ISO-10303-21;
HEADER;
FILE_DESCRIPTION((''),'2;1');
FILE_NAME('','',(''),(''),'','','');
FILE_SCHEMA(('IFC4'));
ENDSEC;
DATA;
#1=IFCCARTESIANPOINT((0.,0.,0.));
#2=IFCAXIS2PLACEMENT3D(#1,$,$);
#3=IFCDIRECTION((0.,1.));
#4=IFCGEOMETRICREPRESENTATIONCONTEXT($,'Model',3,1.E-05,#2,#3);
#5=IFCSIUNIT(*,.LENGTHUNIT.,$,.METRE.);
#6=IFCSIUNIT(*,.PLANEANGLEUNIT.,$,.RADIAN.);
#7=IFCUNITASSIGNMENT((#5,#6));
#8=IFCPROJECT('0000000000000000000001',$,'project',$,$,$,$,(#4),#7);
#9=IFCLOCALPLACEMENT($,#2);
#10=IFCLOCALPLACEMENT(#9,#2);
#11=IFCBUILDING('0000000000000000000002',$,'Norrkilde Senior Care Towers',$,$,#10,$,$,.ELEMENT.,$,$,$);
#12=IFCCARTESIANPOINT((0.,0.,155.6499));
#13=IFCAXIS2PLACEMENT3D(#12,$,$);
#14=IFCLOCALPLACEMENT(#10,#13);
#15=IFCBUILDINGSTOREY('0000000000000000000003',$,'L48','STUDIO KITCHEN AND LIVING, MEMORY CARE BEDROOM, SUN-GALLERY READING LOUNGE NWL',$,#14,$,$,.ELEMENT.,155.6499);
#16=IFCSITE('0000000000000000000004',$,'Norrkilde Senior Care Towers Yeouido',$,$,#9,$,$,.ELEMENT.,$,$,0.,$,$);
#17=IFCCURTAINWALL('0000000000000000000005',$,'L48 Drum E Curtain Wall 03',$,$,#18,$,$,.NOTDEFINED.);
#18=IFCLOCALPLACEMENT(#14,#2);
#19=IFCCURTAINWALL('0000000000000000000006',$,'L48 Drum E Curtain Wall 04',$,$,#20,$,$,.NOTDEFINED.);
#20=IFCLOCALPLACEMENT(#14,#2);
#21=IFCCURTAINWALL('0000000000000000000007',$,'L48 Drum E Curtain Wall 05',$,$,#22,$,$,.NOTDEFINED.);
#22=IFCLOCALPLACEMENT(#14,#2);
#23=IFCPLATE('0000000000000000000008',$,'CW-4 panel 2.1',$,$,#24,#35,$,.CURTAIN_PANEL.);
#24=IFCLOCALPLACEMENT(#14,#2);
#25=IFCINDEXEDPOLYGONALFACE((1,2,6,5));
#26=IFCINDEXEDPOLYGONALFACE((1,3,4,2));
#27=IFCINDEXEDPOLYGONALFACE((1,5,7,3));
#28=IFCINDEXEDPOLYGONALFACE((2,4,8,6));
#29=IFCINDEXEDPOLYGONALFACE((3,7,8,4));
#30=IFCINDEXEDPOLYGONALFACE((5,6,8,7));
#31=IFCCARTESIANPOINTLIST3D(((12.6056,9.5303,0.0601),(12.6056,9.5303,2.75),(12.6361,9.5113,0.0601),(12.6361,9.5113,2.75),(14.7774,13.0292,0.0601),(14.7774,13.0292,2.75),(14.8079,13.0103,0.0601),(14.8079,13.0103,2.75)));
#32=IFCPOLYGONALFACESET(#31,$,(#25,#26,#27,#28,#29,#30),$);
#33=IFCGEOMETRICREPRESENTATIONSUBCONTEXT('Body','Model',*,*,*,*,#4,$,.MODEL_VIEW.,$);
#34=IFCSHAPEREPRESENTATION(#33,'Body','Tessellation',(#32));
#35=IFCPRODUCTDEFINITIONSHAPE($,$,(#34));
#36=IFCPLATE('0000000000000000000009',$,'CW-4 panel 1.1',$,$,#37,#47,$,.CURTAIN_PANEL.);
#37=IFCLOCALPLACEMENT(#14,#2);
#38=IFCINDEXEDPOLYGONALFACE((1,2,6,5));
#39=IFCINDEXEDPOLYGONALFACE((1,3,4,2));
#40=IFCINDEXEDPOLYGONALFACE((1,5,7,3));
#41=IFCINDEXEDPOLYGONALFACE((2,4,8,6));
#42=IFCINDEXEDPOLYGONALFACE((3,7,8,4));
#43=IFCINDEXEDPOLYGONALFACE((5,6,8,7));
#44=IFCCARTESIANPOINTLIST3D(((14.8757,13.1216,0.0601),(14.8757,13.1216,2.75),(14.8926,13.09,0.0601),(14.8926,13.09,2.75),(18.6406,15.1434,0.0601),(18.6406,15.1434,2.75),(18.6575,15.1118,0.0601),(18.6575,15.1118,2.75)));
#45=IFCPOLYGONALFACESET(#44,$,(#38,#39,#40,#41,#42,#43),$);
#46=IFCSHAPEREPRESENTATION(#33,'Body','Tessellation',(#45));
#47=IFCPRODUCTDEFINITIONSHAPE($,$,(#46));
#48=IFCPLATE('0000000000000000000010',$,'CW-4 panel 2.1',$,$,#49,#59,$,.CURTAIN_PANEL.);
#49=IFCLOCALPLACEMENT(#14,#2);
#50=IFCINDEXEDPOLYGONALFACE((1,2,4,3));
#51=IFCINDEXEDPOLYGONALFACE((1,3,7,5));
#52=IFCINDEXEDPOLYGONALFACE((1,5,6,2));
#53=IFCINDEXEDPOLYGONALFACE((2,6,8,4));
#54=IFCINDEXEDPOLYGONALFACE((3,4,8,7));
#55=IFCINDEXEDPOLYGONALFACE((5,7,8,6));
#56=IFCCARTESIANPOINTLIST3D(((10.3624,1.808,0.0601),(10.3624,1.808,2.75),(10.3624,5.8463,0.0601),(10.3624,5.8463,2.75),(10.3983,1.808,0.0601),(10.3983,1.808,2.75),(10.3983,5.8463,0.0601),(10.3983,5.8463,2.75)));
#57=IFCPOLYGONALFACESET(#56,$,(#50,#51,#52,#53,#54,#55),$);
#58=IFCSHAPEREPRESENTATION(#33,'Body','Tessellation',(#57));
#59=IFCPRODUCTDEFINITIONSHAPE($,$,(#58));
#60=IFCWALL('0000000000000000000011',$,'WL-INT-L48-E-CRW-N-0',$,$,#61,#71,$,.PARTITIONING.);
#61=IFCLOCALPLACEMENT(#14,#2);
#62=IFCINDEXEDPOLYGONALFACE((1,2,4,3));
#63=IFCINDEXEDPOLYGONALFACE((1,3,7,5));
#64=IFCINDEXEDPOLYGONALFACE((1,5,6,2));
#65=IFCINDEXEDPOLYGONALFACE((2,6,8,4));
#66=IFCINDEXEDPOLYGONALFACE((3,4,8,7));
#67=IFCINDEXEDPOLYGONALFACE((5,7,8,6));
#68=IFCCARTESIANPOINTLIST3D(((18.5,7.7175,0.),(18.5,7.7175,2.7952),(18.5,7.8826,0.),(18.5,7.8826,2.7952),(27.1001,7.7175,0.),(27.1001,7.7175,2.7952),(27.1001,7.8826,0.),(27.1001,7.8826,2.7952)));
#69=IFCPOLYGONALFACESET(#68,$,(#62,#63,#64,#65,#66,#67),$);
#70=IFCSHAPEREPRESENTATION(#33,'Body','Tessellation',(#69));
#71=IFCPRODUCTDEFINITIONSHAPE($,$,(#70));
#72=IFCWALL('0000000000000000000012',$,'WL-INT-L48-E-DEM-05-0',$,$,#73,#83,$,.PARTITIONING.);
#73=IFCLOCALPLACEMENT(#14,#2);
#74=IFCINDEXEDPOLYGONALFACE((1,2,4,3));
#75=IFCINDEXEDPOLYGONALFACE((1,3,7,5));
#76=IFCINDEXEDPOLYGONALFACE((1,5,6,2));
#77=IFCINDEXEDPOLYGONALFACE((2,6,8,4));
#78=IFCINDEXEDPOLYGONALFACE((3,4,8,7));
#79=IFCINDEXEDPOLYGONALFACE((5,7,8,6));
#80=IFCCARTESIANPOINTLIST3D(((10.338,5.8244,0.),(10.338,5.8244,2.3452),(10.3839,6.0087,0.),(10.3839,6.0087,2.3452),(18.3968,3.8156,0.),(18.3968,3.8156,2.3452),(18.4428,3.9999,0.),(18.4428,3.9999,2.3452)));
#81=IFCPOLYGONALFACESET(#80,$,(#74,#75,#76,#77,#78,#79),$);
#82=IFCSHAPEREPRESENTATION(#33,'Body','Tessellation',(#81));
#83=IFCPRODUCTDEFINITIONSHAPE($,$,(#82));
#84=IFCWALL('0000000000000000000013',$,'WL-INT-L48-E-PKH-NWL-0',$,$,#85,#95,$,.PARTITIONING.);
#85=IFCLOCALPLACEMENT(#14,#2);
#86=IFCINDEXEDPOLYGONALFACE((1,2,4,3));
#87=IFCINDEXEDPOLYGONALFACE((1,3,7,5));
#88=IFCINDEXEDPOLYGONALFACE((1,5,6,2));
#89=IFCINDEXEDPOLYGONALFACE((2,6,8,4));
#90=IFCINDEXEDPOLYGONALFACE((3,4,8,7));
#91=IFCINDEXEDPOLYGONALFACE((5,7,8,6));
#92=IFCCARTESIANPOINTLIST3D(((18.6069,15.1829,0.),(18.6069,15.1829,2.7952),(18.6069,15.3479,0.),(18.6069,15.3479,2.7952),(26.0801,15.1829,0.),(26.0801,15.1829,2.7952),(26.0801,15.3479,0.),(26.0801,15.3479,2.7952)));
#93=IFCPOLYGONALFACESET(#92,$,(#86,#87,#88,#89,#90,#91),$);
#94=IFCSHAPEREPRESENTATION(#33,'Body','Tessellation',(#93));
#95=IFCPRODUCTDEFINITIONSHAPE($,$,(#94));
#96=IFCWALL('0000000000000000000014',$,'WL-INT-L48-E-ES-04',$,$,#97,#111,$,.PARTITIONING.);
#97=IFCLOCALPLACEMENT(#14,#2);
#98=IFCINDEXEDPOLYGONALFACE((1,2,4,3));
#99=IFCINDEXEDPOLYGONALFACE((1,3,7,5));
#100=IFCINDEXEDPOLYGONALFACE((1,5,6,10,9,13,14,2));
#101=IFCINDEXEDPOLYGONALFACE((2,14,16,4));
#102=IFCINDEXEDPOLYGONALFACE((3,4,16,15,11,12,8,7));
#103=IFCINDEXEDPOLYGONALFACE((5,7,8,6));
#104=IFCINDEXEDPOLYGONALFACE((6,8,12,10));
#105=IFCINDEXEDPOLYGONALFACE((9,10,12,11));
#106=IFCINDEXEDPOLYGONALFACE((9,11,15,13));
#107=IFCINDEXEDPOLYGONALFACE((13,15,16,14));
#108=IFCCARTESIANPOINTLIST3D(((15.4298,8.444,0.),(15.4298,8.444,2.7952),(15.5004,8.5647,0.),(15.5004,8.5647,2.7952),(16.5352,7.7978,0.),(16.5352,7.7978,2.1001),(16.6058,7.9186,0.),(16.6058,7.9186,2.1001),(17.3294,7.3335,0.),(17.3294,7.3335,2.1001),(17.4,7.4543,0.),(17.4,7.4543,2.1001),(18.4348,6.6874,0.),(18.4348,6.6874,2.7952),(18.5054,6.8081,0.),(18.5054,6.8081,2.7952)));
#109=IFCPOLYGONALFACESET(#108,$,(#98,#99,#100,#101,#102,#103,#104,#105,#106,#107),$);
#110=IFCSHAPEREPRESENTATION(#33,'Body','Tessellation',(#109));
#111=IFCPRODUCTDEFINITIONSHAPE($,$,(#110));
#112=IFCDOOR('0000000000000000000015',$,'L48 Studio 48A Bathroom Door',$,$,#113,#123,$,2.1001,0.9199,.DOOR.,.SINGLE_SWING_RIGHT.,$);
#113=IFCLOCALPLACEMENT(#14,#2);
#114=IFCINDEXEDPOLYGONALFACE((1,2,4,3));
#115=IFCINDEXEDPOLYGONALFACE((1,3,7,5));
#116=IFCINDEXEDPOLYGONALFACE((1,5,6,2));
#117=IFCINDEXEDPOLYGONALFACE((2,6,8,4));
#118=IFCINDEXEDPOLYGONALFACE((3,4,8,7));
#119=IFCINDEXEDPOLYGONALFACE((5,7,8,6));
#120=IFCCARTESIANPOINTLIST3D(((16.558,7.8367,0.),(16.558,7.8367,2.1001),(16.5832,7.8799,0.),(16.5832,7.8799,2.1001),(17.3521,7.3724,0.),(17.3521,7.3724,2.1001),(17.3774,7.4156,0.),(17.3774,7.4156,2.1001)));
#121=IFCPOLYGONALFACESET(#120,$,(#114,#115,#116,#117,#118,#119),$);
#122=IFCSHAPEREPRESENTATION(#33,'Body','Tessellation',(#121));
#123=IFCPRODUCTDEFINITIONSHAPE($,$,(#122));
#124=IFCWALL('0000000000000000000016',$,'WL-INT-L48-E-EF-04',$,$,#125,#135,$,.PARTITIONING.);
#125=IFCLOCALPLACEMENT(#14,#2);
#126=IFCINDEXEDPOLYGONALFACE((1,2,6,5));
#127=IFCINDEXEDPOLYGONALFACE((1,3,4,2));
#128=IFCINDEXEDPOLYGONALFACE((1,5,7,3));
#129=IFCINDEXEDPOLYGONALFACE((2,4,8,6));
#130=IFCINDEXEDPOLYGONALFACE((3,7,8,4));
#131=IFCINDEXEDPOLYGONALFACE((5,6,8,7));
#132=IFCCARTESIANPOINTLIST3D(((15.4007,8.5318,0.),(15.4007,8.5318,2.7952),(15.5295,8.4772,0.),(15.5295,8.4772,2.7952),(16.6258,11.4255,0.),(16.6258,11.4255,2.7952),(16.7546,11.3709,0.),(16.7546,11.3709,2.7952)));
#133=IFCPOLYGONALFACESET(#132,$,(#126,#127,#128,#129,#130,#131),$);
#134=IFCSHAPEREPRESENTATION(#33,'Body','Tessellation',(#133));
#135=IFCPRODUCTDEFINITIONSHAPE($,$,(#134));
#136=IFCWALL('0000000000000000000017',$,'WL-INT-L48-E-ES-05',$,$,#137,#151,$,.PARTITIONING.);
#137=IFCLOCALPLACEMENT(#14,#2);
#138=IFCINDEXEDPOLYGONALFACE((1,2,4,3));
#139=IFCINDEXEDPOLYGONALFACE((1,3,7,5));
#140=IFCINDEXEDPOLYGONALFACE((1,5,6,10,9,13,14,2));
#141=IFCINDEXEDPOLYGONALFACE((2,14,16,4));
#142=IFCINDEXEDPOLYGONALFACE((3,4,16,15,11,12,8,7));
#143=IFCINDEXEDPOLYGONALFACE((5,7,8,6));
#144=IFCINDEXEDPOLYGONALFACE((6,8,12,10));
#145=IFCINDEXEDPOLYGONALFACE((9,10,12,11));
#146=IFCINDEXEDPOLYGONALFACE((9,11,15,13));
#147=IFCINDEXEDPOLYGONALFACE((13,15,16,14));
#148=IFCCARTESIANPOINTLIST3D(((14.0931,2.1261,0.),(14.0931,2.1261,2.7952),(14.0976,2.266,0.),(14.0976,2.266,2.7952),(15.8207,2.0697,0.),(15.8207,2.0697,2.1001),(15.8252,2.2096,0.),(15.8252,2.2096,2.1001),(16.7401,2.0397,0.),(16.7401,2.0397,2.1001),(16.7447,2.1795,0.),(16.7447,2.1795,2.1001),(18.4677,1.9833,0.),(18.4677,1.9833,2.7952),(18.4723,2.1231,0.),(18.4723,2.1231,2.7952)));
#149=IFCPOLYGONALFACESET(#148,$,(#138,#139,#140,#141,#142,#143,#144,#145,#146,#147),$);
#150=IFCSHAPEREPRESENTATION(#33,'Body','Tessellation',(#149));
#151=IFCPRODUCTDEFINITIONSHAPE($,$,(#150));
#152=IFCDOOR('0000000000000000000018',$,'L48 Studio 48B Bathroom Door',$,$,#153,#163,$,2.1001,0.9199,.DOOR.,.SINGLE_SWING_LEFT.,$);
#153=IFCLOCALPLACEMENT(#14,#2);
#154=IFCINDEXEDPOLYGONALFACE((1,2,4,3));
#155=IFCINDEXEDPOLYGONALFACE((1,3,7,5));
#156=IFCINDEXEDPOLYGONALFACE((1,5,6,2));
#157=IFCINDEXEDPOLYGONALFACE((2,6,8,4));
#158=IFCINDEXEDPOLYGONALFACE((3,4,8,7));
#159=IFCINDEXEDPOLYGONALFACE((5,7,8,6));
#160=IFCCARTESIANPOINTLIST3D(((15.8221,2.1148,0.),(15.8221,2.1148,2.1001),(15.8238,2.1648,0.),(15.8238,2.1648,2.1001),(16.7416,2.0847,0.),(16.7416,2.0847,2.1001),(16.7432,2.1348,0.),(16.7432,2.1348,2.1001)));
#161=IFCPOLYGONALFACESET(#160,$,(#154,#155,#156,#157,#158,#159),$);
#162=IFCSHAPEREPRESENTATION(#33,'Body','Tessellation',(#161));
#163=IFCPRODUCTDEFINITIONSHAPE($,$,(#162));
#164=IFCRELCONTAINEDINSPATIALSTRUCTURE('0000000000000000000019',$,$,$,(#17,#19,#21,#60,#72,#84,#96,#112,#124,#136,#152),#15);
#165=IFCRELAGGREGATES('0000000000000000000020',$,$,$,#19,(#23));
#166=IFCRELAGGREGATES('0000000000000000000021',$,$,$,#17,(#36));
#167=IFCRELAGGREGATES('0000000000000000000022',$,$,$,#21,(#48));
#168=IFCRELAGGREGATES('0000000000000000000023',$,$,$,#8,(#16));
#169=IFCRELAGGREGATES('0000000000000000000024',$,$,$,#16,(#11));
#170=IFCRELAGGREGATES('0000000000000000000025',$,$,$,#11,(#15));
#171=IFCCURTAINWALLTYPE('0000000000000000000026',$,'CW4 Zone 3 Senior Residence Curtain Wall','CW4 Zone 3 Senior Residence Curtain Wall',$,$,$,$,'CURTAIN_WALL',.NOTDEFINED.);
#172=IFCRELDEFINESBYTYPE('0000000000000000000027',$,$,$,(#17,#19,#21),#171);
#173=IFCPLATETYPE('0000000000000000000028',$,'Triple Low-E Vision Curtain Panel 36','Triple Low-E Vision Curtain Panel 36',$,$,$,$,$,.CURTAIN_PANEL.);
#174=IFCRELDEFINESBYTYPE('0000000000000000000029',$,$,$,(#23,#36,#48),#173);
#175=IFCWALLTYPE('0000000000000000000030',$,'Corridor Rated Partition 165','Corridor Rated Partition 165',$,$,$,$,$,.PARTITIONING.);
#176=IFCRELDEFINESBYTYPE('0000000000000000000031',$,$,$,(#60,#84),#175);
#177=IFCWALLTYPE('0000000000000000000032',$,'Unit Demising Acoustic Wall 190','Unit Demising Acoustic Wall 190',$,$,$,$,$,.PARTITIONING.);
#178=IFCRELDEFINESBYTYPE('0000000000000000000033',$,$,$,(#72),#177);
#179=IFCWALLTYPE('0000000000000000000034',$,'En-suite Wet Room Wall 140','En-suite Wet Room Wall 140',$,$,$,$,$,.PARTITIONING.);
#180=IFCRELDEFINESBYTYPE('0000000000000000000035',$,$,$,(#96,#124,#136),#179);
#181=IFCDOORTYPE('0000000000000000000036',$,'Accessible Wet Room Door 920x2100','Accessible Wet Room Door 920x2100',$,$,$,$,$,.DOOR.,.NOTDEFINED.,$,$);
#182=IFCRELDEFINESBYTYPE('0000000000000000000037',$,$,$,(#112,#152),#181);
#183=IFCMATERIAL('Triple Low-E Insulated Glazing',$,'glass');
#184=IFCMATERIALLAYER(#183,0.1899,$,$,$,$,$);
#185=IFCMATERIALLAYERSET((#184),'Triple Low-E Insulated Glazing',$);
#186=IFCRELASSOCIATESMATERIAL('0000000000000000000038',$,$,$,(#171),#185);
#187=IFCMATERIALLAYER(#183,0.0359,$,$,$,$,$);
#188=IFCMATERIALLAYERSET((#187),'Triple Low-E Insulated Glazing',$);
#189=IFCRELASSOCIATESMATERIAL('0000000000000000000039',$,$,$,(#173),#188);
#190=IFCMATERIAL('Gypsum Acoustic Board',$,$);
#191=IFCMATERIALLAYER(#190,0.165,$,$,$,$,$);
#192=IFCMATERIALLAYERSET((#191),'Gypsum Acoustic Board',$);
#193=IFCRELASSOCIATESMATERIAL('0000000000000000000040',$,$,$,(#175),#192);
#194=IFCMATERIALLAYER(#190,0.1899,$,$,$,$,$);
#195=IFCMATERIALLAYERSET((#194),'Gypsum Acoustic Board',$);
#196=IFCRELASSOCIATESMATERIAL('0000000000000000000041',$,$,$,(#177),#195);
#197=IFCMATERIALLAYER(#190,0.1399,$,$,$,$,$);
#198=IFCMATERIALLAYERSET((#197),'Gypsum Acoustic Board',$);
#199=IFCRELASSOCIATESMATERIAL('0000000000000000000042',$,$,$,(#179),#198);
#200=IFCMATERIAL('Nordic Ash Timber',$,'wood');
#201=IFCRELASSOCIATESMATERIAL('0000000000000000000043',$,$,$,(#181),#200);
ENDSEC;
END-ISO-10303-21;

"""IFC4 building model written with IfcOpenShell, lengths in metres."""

from ifc_helpers import new_model, si_unit, direction, frame, frame_2d, origin, origin_2d, place, context, subcontext, project, spatial, rectangle, extrude, source, transform, mapped, material, layer, layer_set, type_object, type_shapes, element, fill, aggregate, save


model = new_model("IFC4")

# Units and contexts
model_context = context("Model", 3, precision=1e-05, world=origin(), true_north=direction((0.0, 1.0)))
body_context = subcontext(model_context, "Body", "Model", "MODEL_VIEW")
ifc_project = project(units=[si_unit("LENGTHUNIT", "METRE"), si_unit("PLANEANGLEUNIT", "RADIAN")], contexts=[model_context])

# Site, building, storey
site_placement = place(None, origin())
site = spatial("IfcSite", under=ifc_project, at=site_placement, Name="Norrkilde Senior Care Towers Yeouido", CompositionType="ELEMENT", RefElevation=0.0)
building_placement = place(site_placement, origin())
building = spatial("IfcBuilding", under=site, at=building_placement, Name="Norrkilde Senior Care Towers", CompositionType="ELEMENT")
storey_placement = place(building_placement, frame((0.0, 0.0, 155.6499)))
storey = spatial("IfcBuildingStorey", under=building, at=storey_placement, Name="L48", Description="STUDIO KITCHEN AND LIVING, MEMORY CARE BEDROOM, SUN-GALLERY READING LOUNGE NWL", CompositionType="ELEMENT", Elevation=155.6499)

# Curtain wall
ifc_material_1 = material(Name="Triple Low-E Insulated Glazing", Category="glass")
ifc_layer_1 = layer(ifc_material_1, 0.1899)
ifc_layer_set_1 = layer_set([ifc_layer_1], Name="Triple Low-E Insulated Glazing")
curtain_wall_type = type_object("IfcCurtainWallType", Name="CW4 Zone 3 Senior Residence Curtain Wall", Description="CW4 Zone 3 Senior Residence Curtain Wall", ElementType="CURTAIN_WALL", PredefinedType="NOTDEFINED", material=ifc_layer_set_1)
curtain_wall_1_placement = place(storey_placement, origin())
curtain_wall_1 = element("IfcCurtainWall", 1, at=curtain_wall_1_placement, inside=storey, type_object=curtain_wall_type, Name="L48 Drum E Curtain Wall 03", PredefinedType="NOTDEFINED")

# Curtain wall
curtain_wall_2_placement = place(storey_placement, origin())
curtain_wall_2 = element("IfcCurtainWall", 2, at=curtain_wall_2_placement, inside=storey, type_object=curtain_wall_type, Name="L48 Drum E Curtain Wall 04", PredefinedType="NOTDEFINED")

# Curtain wall
curtain_wall_3_placement = place(storey_placement, origin())
curtain_wall_3 = element("IfcCurtainWall", 3, at=curtain_wall_3_placement, inside=storey, type_object=curtain_wall_type, Name="L48 Drum E Curtain Wall 05", PredefinedType="NOTDEFINED")

# Plates
ifc_layer_2 = layer(ifc_material_1, 0.0359)
ifc_layer_set_2 = layer_set([ifc_layer_2], Name="Triple Low-E Insulated Glazing")
plate_type = type_object("IfcPlateType", Name="Triple Low-E Vision Curtain Panel 36", Description="Triple Low-E Vision Curtain Panel 36", PredefinedType="CURTAIN_PANEL", material=ifc_layer_set_2)
shared_shape_1 = source(origin(), body_context, "Body", "SweptSolid", [
    extrude(rectangle(XDim=4.1182, YDim=0.0359, at=origin_2d()), origin(), (0.0, 0.0, 1.0), 2.6899),
])
plate_1_placement = place(storey_placement, frame((13.7068, 11.2703, 0.0601), z_axis=(0.0, 0.0, 1.0), x_axis=(0.527373, 0.849634, 0.0)))
plate_1 = element("IfcPlate", 4, at=plate_1_placement, type_object=plate_type, Name="CW-4 panel 2.1", PredefinedType="CURTAIN_PANEL", context=body_context, shape_type="MappedRepresentation", body=[
    mapped(shared_shape_1, transform((0.0, 0.0, 0.0), x_axis=(1.0, 0.0, 0.0), y_axis=(0.0, 1.0, 0.0), z_axis=(0.0, 0.0, 1.0), scale=1.0)),
])
aggregate(curtain_wall_2, [plate_1])
shared_shape_2 = source(origin(), body_context, "Body", "SweptSolid", [
    extrude(rectangle(XDim=4.2734, YDim=0.0359, at=origin_2d()), origin(), (0.0, 0.0, 1.0), 2.6899),
])
plate_2_placement = place(storey_placement, frame((16.7666, 14.1167, 0.0601), z_axis=(0.0, 0.0, 1.0), x_axis=(0.881, 0.473117, 0.0)))
plate_2 = element("IfcPlate", 5, at=plate_2_placement, type_object=plate_type, Name="CW-4 panel 1.1", PredefinedType="CURTAIN_PANEL", context=body_context, shape_type="MappedRepresentation", body=[
    mapped(shared_shape_2, transform((0.0, 0.0, 0.0), x_axis=(1.0, 0.0, 0.0), y_axis=(0.0, 1.0, 0.0), z_axis=(0.0, 0.0, 1.0), scale=1.0)),
])
aggregate(curtain_wall_1, [plate_2])
shared_shape_3 = source(origin(), body_context, "Body", "SweptSolid", [
    extrude(rectangle(XDim=4.0383, YDim=0.0359, at=origin_2d()), origin(), (0.0, 0.0, 1.0), 2.6899),
])
type_shapes(plate_type, [shared_shape_1, shared_shape_2, shared_shape_3])
plate_3_placement = place(storey_placement, frame((10.3804, 3.8271, 0.0601), z_axis=(0.0, 0.0, 1.0), x_axis=(0.0, 1.0, 0.0)))
plate_3 = element("IfcPlate", 6, at=plate_3_placement, type_object=plate_type, Name="CW-4 panel 2.1", PredefinedType="CURTAIN_PANEL", context=body_context, shape_type="MappedRepresentation", body=[
    mapped(shared_shape_3, transform((0.0, 0.0, 0.0), x_axis=(1.0, 0.0, 0.0), y_axis=(0.0, 1.0, 0.0), z_axis=(0.0, 0.0, 1.0), scale=1.0)),
])
aggregate(curtain_wall_3, [plate_3])

# Walls
ifc_material_2 = material(Name="Gypsum Acoustic Board")
ifc_layer_3 = layer(ifc_material_2, 0.165)
ifc_layer_set_3 = layer_set([ifc_layer_3], Name="Gypsum Acoustic Board")
wall_type_1 = type_object("IfcWallType", Name="Corridor Rated Partition 165", Description="Corridor Rated Partition 165", PredefinedType="PARTITIONING", material=ifc_layer_set_3)
shared_shape_4 = source(origin(), body_context, "Body", "SweptSolid", [
    extrude(rectangle(XDim=8.6001, YDim=0.165, at=frame_2d((4.3, 0.0))), origin(), (0.0, 0.0, 1.0), 2.7952),
])
wall_1_placement = place(storey_placement, frame((18.5, 7.8, 0.0), z_axis=(0.0, 0.0, 1.0), x_axis=(1.0, 0.0, 0.0)))
element("IfcWall", 7, at=wall_1_placement, inside=storey, type_object=wall_type_1, Name="WL-INT-L48-E-CRW-N-0", PredefinedType="PARTITIONING", context=body_context, shape_type="MappedRepresentation", body=[
    mapped(shared_shape_4, transform((0.0, 0.0, 0.0), x_axis=(1.0, 0.0, 0.0), y_axis=(0.0, 1.0, 0.0), z_axis=(0.0, 0.0, 1.0), scale=1.0)),
])
ifc_layer_4 = layer(ifc_material_2, 0.1899)
ifc_layer_set_4 = layer_set([ifc_layer_4], Name="Gypsum Acoustic Board")
wall_type_2 = type_object("IfcWallType", Name="Unit Demising Acoustic Wall 190", Description="Unit Demising Acoustic Wall 190", PredefinedType="PARTITIONING", material=ifc_layer_set_4)
shared_shape_5 = source(origin(), body_context, "Body", "SweptSolid", [
    extrude(rectangle(XDim=8.3054, YDim=0.1899, at=frame_2d((4.1528, 0.0))), origin(), (0.0, 0.0, 1.0), 2.3452),
])
type_shapes(wall_type_2, [shared_shape_5])
wall_2_placement = place(storey_placement, frame((18.4199, 3.9077, 0.0), z_axis=(0.0, 0.0, 1.0), x_axis=(-0.97031, 0.241865, 0.0)))
element("IfcWall", 8, at=wall_2_placement, inside=storey, type_object=wall_type_2, Name="WL-INT-L48-E-DEM-05-0", PredefinedType="PARTITIONING", context=body_context, shape_type="MappedRepresentation", body=[
    mapped(shared_shape_5, transform((0.0, 0.0, 0.0), x_axis=(1.0, 0.0, 0.0), y_axis=(0.0, 1.0, 0.0), z_axis=(0.0, 0.0, 1.0), scale=1.0)),
])
shared_shape_6 = source(origin(), body_context, "Body", "SweptSolid", [
    extrude(rectangle(XDim=7.4731, YDim=0.165, at=frame_2d((3.7366, 0.0))), origin(), (0.0, 0.0, 1.0), 2.7952),
])
type_shapes(wall_type_1, [shared_shape_4, shared_shape_6])
wall_3_placement = place(storey_placement, frame((18.6069, 15.2654, 0.0), z_axis=(0.0, 0.0, 1.0), x_axis=(1.0, 0.0, 0.0)))
element("IfcWall", 9, at=wall_3_placement, inside=storey, type_object=wall_type_1, Name="WL-INT-L48-E-PKH-NWL-0", PredefinedType="PARTITIONING", context=body_context, shape_type="MappedRepresentation", body=[
    mapped(shared_shape_6, transform((0.0, 0.0, 0.0), x_axis=(1.0, 0.0, 0.0), y_axis=(0.0, 1.0, 0.0), z_axis=(0.0, 0.0, 1.0), scale=1.0)),
])

# Wall, opening, door
ifc_layer_5 = layer(ifc_material_2, 0.1399)
ifc_layer_set_5 = layer_set([ifc_layer_5], Name="Gypsum Acoustic Board")
wall_type_3 = type_object("IfcWallType", Name="En-suite Wet Room Wall 140", Description="En-suite Wet Room Wall 140", PredefinedType="PARTITIONING", material=ifc_layer_set_5)
shared_shape_7 = source(origin(), body_context, "Body", "SweptSolid", [
    extrude(rectangle(XDim=3.4807, YDim=0.1399, at=frame_2d((1.7402, 0.0))), origin(), (0.0, 0.0, 1.0), 2.7952),
])
wall_4_placement = place(storey_placement, frame((18.47, 6.7478, 0.0), z_axis=(0.0, 0.0, 1.0), x_axis=(-0.86331, 0.504673, 0.0)))
wall_4 = element("IfcWall", 10, at=wall_4_placement, inside=storey, type_object=wall_type_3, Name="WL-INT-L48-E-ES-04", PredefinedType="PARTITIONING", context=body_context, shape_type="MappedRepresentation", body=[
    mapped(shared_shape_7, transform((0.0, 0.0, 0.0), x_axis=(1.0, 0.0, 0.0), y_axis=(0.0, 1.0, 0.0), z_axis=(0.0, 0.0, 1.0), scale=1.0)),
])
opening_1_placement = place(wall_4_placement, frame((1.2803, 0.0, 0.0)))
opening_1 = element("IfcOpeningElement", 11, at=opening_1_placement, cuts=wall_4, PredefinedType="OPENING", context=body_context, shape_type="SweptSolid", body=[
    extrude(rectangle(XDim=0.9199, YDim=2.1001, at=frame_2d((0.46, 1.05))), frame((0.0, 0.0798, 0.0), z_axis=(0.0, -1.0, 0.0), x_axis=(1.0, 0.0, 0.0)), (0.0, 0.0, 1.0), 0.1599),
])
ifc_material_3 = material(Name="Nordic Ash Timber", Category="wood")
door_type = type_object("IfcDoorType", Name="Accessible Wet Room Door 920x2100", Description="Accessible Wet Room Door 920x2100", OperationType="NOTDEFINED", PredefinedType="DOOR", material=ifc_material_3)
shared_shape_8 = source(origin(), body_context, "Body", "SweptSolid", [
    extrude(rectangle(XDim=0.9199, YDim=2.1001, at=frame_2d((0.46, 1.05))), frame((0.0, 0.0249, 0.0), z_axis=(0.0, -1.0, 0.0), x_axis=(1.0, 0.0, 0.0)), (0.0, 0.0, 1.0), 0.05),
])
type_shapes(door_type, [shared_shape_8])
door_1_placement = place(opening_1_placement, origin())
door_1 = element("IfcDoor", 12, at=door_1_placement, inside=storey, type_object=door_type, Name="L48 Studio 48A Bathroom Door", OperationType="SINGLE_SWING_RIGHT", OverallHeight=2.1001, OverallWidth=0.9199, PredefinedType="DOOR", context=body_context, shape_type="MappedRepresentation", body=[
    mapped(shared_shape_8, transform((0.0, 0.0, 0.0), x_axis=(1.0, 0.0, 0.0), y_axis=(0.0, 1.0, 0.0), z_axis=(0.0, 0.0, 1.0), scale=1.0)),
])
fill(opening_1, door_1)

# Wall
shared_shape_9 = source(origin(), body_context, "Body", "SweptSolid", [
    extrude(rectangle(XDim=3.1423, YDim=0.1399, at=frame_2d((1.5713, 0.0))), origin(), (0.0, 0.0, 1.0), 2.7952),
])
wall_5_placement = place(storey_placement, frame((15.4651, 8.5044, 0.0), z_axis=(0.0, 0.0, 1.0), x_axis=(0.389855, 0.920876, 0.0)))
element("IfcWall", 13, at=wall_5_placement, inside=storey, type_object=wall_type_3, Name="WL-INT-L48-E-EF-04", PredefinedType="PARTITIONING", context=body_context, shape_type="MappedRepresentation", body=[
    mapped(shared_shape_9, transform((0.0, 0.0, 0.0), x_axis=(1.0, 0.0, 0.0), y_axis=(0.0, 1.0, 0.0), z_axis=(0.0, 0.0, 1.0), scale=1.0)),
])

# Wall, opening, door
shared_shape_10 = source(origin(), body_context, "Body", "SweptSolid", [
    extrude(rectangle(XDim=4.377, YDim=0.1399, at=frame_2d((2.1885, 0.0))), origin(), (0.0, 0.0, 1.0), 2.7952),
])
wall_6_placement = place(storey_placement, frame((18.47, 2.0532, 0.0), z_axis=(0.0, 0.0, 1.0), x_axis=(-0.999467, 0.032631, 0.0)))
wall_6 = element("IfcWall", 14, at=wall_6_placement, inside=storey, type_object=wall_type_3, Name="WL-INT-L48-E-ES-05", PredefinedType="PARTITIONING", context=body_context, shape_type="MappedRepresentation", body=[
    mapped(shared_shape_10, transform((0.0, 0.0, 0.0), x_axis=(1.0, 0.0, 0.0), y_axis=(0.0, 1.0, 0.0), z_axis=(0.0, 0.0, 1.0), scale=1.0)),
])
opening_2_placement = place(wall_6_placement, frame((1.7285, 0.0, 0.0)))
opening_2 = element("IfcOpeningElement", 15, at=opening_2_placement, cuts=wall_6, PredefinedType="OPENING", context=body_context, shape_type="SweptSolid", body=[
    extrude(rectangle(XDim=0.9199, YDim=2.1001, at=frame_2d((0.46, 1.05))), frame((0.0, 0.0798, 0.0), z_axis=(0.0, -1.0, 0.0), x_axis=(1.0, 0.0, 0.0)), (0.0, 0.0, 1.0), 0.1599),
])
door_2_placement = place(opening_2_placement, origin())
door_2 = element("IfcDoor", 16, at=door_2_placement, inside=storey, type_object=door_type, Name="L48 Studio 48B Bathroom Door", OperationType="SINGLE_SWING_LEFT", OverallHeight=2.1001, OverallWidth=0.9199, PredefinedType="DOOR", context=body_context, shape_type="MappedRepresentation", body=[
    mapped(shared_shape_8, transform((0.0, 0.0, 0.0), x_axis=(1.0, 0.0, 0.0), y_axis=(0.0, 1.0, 0.0), z_axis=(0.0, 0.0, 1.0), scale=1.0)),
])
fill(opening_2, door_2)

save(model, "model.ifc")
